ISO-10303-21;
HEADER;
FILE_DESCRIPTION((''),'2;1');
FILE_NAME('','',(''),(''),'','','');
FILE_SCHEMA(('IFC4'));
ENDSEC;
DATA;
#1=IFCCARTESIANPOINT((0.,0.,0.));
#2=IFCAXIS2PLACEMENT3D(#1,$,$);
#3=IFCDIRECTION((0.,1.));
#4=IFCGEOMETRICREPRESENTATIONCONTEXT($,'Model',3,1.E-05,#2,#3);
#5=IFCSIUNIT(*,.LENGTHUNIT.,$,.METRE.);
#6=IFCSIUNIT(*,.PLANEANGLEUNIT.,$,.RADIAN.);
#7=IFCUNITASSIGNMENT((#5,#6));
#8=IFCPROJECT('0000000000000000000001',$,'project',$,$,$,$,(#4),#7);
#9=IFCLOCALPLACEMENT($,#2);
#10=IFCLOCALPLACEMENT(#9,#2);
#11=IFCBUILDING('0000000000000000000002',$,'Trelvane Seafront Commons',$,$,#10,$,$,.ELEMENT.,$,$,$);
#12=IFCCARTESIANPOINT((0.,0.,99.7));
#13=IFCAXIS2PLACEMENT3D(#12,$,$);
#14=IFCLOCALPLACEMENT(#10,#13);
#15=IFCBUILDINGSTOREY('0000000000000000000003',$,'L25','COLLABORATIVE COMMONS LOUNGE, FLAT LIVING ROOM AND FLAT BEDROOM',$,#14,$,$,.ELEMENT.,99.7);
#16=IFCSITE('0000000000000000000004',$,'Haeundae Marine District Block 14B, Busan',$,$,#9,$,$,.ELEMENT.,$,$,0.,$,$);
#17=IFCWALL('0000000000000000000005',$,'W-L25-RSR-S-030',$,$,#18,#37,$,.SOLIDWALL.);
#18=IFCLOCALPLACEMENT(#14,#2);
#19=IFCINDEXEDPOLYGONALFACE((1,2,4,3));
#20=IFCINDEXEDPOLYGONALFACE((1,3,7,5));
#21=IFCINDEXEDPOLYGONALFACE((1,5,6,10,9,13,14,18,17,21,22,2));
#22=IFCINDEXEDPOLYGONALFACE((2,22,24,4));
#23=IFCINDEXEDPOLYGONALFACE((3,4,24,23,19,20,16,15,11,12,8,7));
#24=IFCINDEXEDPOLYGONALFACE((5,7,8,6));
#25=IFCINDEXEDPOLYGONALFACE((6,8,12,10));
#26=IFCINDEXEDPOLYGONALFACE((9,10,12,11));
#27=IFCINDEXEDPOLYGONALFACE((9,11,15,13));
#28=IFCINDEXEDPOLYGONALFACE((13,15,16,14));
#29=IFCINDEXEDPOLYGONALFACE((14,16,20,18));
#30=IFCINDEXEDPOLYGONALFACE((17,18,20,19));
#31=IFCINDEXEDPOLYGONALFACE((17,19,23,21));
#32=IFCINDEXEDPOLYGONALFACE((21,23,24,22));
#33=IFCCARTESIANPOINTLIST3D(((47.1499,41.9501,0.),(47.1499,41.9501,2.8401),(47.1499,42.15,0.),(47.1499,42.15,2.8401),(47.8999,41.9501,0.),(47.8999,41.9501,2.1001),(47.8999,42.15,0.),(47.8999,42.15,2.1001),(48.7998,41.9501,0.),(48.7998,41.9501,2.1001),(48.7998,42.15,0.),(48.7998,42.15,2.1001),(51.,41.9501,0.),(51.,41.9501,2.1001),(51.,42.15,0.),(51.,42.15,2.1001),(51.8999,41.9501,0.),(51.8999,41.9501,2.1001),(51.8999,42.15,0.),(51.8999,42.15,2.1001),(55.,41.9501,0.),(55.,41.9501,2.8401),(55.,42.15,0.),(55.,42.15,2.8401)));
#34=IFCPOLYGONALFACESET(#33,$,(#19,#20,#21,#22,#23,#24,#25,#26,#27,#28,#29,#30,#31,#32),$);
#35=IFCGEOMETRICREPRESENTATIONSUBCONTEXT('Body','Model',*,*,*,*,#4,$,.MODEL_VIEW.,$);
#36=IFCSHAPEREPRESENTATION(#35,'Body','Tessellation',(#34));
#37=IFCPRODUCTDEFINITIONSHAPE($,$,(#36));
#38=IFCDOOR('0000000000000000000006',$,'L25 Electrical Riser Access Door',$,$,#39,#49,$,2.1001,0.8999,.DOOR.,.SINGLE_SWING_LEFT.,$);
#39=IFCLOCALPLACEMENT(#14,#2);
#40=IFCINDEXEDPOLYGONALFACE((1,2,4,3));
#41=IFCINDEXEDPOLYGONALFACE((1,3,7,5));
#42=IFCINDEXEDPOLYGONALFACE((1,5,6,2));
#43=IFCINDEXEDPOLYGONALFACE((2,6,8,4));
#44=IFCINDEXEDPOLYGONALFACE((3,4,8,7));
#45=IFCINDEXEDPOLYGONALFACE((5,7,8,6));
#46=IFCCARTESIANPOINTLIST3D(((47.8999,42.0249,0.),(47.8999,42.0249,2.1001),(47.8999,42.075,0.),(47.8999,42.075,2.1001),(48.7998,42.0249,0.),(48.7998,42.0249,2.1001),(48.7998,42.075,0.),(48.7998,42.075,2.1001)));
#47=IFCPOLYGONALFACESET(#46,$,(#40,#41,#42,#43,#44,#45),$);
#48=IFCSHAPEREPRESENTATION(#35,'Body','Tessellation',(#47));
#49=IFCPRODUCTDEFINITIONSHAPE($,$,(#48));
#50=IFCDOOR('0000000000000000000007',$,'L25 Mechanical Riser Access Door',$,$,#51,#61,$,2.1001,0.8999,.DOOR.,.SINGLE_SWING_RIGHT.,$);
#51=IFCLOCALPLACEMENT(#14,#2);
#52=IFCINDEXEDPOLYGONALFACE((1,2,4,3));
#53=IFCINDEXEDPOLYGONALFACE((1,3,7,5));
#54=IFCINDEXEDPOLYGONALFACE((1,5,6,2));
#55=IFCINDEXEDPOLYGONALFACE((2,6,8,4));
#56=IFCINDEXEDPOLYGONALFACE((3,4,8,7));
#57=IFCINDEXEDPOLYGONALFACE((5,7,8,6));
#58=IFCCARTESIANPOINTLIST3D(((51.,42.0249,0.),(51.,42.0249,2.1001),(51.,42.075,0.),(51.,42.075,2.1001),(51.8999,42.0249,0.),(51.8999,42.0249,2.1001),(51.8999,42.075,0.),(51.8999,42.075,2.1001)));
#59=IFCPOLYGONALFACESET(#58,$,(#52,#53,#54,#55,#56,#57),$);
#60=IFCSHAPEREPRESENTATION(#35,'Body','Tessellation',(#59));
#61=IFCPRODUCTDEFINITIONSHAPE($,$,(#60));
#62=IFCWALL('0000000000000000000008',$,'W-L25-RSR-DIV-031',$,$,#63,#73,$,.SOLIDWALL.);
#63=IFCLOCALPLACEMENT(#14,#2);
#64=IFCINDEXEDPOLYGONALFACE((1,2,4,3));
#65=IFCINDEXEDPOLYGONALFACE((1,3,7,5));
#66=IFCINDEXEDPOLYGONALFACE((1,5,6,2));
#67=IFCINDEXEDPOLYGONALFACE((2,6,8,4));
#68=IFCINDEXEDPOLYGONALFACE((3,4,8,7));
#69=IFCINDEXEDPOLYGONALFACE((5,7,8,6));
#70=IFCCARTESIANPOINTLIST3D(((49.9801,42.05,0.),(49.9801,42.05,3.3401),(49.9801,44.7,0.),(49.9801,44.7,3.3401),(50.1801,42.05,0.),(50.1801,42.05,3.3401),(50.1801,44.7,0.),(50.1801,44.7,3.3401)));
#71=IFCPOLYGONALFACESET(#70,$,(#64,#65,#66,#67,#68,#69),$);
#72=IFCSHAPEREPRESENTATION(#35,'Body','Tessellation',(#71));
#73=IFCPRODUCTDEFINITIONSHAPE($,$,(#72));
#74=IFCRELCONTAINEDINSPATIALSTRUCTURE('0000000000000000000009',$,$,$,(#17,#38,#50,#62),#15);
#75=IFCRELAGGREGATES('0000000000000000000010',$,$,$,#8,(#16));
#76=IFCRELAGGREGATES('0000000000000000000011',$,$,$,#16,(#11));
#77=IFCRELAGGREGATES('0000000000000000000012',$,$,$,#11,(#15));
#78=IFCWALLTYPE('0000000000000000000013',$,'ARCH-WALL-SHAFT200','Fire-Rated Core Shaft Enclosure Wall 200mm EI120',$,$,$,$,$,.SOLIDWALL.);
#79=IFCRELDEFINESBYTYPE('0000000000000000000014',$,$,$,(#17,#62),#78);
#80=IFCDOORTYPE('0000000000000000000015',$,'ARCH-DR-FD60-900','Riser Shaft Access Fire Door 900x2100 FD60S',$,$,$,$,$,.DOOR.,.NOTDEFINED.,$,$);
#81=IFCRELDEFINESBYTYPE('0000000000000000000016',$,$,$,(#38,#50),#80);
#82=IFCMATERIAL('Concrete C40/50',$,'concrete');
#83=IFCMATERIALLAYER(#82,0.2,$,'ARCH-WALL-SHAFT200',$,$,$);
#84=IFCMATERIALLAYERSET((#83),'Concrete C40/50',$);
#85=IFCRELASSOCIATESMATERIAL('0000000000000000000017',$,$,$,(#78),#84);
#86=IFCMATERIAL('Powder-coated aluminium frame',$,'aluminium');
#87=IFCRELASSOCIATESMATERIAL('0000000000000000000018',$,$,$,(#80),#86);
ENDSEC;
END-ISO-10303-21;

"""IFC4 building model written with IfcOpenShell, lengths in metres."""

from ifc_helpers import new_model, si_unit, direction, frame, frame_2d, origin, place, context, subcontext, project, spatial, rectangle, extrude, source, transform, mapped, material, layer, layer_set, type_object, element, fill, save


model = new_model("IFC4")

# Units and contexts
model_context = context("Model", 3, precision=1e-05, world=origin(), true_north=direction((0.0, 1.0)))
body_context = subcontext(model_context, "Body", "Model", "MODEL_VIEW")
ifc_project = project(units=[si_unit("LENGTHUNIT", "METRE"), si_unit("PLANEANGLEUNIT", "RADIAN")], contexts=[model_context])

# Site, building, storey
site_placement = place(None, origin())
site = spatial("IfcSite", under=ifc_project, at=site_placement, Name="Haeundae Marine District Block 14B, Busan", CompositionType="ELEMENT", RefElevation=0.0)
building_placement = place(site_placement, origin())
building = spatial("IfcBuilding", under=site, at=building_placement, Name="Trelvane Seafront Commons", CompositionType="ELEMENT")
storey_placement = place(building_placement, frame((0.0, 0.0, 99.7)))
storey = spatial("IfcBuildingStorey", under=building, at=storey_placement, Name="L25", Description="COLLABORATIVE COMMONS LOUNGE, FLAT LIVING ROOM AND FLAT BEDROOM", CompositionType="ELEMENT", Elevation=99.7)

# Wall, openings, doors
ifc_material_1 = material(Name="Concrete C40/50", Category="concrete")
ifc_layer_1 = layer(ifc_material_1, 0.2, Name="ARCH-WALL-SHAFT200")
ifc_layer_set_1 = layer_set([ifc_layer_1], Name="Concrete C40/50")
wall_type_1 = type_object("IfcWallType", Name="ARCH-WALL-SHAFT200", Description="Fire-Rated Core Shaft Enclosure Wall 200mm EI120", PredefinedType="SOLIDWALL", material=ifc_layer_set_1)
wall_1_placement = place(storey_placement, frame((47.1499, 42.05, 0.0), z_axis=(0.0, 0.0, 1.0), x_axis=(1.0, 0.0, 0.0)))
wall_1 = element("IfcWall", 1, at=wall_1_placement, inside=storey, type_object=wall_type_1, Name="W-L25-RSR-S-030", PredefinedType="SOLIDWALL", context=body_context, shape_type="SweptSolid", body=[
    extrude(rectangle(XDim=7.8501, YDim=0.2, at=frame_2d((3.925, 0.0))), origin(), (0.0, 0.0, 1.0), 2.8401),
])
opening_1_placement = place(wall_1_placement, frame((0.75, 0.0, 0.0)))
opening_1 = element("IfcOpeningElement", 2, at=opening_1_placement, cuts=wall_1, PredefinedType="OPENING", context=body_context, shape_type="SweptSolid", body=[
    extrude(rectangle(XDim=0.8999, YDim=2.1001, at=frame_2d((0.45, 1.05))), frame((0.0, 0.1099, 0.0), z_axis=(0.0, -1.0, 0.0), x_axis=(1.0, 0.0, 0.0)), (0.0, 0.0, 1.0), 0.22),
])
opening_2_placement = place(wall_1_placement, frame((3.8501, 0.0, 0.0)))
opening_2 = element("IfcOpeningElement", 3, at=opening_2_placement, cuts=wall_1, PredefinedType="OPENING", context=body_context, shape_type="SweptSolid", body=[
    extrude(rectangle(XDim=0.8999, YDim=2.1001, at=frame_2d((0.45, 1.05))), frame((0.0, 0.1099, 0.0), z_axis=(0.0, -1.0, 0.0), x_axis=(1.0, 0.0, 0.0)), (0.0, 0.0, 1.0), 0.22),
])
ifc_material_2 = material(Name="Powder-coated aluminium frame", Category="aluminium")
door_type = type_object("IfcDoorType", Name="ARCH-DR-FD60-900", Description="Riser Shaft Access Fire Door 900x2100 FD60S", OperationType="NOTDEFINED", PredefinedType="DOOR", material=ifc_material_2)
shared_shape_1 = source(origin(), body_context, "Body", "SweptSolid", [
    extrude(rectangle(XDim=0.8999, YDim=2.1001, at=frame_2d((0.45, 1.05))), frame((0.0, 0.0249, 0.0), z_axis=(0.0, -1.0, 0.0), x_axis=(1.0, 0.0, 0.0)), (0.0, 0.0, 1.0), 0.05),
])
door_1_placement = place(opening_1_placement, origin())
door_1 = element("IfcDoor", 4, at=door_1_placement, inside=storey, type_object=door_type, Name="L25 Electrical Riser Access Door", OperationType="SINGLE_SWING_LEFT", OverallHeight=2.1001, OverallWidth=0.8999, PredefinedType="DOOR", context=body_context, shape_type="MappedRepresentation", body=[
    mapped(shared_shape_1, transform((0.0, 0.0, 0.0), x_axis=(1.0, 0.0, 0.0), y_axis=(0.0, 1.0, 0.0), z_axis=(0.0, 0.0, 1.0), scale=1.0)),
])
fill(opening_1, door_1)
door_2_placement = place(opening_2_placement, origin())
door_2 = element("IfcDoor", 5, at=door_2_placement, inside=storey, type_object=door_type, Name="L25 Mechanical Riser Access Door", OperationType="SINGLE_SWING_RIGHT", OverallHeight=2.1001, OverallWidth=0.8999, PredefinedType="DOOR", context=body_context, shape_type="MappedRepresentation", body=[
    mapped(shared_shape_1, transform((0.0, 0.0, 0.0), x_axis=(1.0, 0.0, 0.0), y_axis=(0.0, 1.0, 0.0), z_axis=(0.0, 0.0, 1.0), scale=1.0)),
])
fill(opening_2, door_2)

# Wall
wall_2_placement = place(storey_placement, frame((50.0801, 42.05, 0.0), z_axis=(0.0, 0.0, 1.0), x_axis=(0.0, 1.0, 0.0)))
element("IfcWall", 6, at=wall_2_placement, inside=storey, type_object=wall_type_1, Name="W-L25-RSR-DIV-031", PredefinedType="SOLIDWALL", context=body_context, shape_type="SweptSolid", body=[
    extrude(rectangle(XDim=2.6499, YDim=0.2, at=frame_2d((1.325, 0.0))), origin(), (0.0, 0.0, 1.0), 3.3401),
])

save(model, "model.ifc")
